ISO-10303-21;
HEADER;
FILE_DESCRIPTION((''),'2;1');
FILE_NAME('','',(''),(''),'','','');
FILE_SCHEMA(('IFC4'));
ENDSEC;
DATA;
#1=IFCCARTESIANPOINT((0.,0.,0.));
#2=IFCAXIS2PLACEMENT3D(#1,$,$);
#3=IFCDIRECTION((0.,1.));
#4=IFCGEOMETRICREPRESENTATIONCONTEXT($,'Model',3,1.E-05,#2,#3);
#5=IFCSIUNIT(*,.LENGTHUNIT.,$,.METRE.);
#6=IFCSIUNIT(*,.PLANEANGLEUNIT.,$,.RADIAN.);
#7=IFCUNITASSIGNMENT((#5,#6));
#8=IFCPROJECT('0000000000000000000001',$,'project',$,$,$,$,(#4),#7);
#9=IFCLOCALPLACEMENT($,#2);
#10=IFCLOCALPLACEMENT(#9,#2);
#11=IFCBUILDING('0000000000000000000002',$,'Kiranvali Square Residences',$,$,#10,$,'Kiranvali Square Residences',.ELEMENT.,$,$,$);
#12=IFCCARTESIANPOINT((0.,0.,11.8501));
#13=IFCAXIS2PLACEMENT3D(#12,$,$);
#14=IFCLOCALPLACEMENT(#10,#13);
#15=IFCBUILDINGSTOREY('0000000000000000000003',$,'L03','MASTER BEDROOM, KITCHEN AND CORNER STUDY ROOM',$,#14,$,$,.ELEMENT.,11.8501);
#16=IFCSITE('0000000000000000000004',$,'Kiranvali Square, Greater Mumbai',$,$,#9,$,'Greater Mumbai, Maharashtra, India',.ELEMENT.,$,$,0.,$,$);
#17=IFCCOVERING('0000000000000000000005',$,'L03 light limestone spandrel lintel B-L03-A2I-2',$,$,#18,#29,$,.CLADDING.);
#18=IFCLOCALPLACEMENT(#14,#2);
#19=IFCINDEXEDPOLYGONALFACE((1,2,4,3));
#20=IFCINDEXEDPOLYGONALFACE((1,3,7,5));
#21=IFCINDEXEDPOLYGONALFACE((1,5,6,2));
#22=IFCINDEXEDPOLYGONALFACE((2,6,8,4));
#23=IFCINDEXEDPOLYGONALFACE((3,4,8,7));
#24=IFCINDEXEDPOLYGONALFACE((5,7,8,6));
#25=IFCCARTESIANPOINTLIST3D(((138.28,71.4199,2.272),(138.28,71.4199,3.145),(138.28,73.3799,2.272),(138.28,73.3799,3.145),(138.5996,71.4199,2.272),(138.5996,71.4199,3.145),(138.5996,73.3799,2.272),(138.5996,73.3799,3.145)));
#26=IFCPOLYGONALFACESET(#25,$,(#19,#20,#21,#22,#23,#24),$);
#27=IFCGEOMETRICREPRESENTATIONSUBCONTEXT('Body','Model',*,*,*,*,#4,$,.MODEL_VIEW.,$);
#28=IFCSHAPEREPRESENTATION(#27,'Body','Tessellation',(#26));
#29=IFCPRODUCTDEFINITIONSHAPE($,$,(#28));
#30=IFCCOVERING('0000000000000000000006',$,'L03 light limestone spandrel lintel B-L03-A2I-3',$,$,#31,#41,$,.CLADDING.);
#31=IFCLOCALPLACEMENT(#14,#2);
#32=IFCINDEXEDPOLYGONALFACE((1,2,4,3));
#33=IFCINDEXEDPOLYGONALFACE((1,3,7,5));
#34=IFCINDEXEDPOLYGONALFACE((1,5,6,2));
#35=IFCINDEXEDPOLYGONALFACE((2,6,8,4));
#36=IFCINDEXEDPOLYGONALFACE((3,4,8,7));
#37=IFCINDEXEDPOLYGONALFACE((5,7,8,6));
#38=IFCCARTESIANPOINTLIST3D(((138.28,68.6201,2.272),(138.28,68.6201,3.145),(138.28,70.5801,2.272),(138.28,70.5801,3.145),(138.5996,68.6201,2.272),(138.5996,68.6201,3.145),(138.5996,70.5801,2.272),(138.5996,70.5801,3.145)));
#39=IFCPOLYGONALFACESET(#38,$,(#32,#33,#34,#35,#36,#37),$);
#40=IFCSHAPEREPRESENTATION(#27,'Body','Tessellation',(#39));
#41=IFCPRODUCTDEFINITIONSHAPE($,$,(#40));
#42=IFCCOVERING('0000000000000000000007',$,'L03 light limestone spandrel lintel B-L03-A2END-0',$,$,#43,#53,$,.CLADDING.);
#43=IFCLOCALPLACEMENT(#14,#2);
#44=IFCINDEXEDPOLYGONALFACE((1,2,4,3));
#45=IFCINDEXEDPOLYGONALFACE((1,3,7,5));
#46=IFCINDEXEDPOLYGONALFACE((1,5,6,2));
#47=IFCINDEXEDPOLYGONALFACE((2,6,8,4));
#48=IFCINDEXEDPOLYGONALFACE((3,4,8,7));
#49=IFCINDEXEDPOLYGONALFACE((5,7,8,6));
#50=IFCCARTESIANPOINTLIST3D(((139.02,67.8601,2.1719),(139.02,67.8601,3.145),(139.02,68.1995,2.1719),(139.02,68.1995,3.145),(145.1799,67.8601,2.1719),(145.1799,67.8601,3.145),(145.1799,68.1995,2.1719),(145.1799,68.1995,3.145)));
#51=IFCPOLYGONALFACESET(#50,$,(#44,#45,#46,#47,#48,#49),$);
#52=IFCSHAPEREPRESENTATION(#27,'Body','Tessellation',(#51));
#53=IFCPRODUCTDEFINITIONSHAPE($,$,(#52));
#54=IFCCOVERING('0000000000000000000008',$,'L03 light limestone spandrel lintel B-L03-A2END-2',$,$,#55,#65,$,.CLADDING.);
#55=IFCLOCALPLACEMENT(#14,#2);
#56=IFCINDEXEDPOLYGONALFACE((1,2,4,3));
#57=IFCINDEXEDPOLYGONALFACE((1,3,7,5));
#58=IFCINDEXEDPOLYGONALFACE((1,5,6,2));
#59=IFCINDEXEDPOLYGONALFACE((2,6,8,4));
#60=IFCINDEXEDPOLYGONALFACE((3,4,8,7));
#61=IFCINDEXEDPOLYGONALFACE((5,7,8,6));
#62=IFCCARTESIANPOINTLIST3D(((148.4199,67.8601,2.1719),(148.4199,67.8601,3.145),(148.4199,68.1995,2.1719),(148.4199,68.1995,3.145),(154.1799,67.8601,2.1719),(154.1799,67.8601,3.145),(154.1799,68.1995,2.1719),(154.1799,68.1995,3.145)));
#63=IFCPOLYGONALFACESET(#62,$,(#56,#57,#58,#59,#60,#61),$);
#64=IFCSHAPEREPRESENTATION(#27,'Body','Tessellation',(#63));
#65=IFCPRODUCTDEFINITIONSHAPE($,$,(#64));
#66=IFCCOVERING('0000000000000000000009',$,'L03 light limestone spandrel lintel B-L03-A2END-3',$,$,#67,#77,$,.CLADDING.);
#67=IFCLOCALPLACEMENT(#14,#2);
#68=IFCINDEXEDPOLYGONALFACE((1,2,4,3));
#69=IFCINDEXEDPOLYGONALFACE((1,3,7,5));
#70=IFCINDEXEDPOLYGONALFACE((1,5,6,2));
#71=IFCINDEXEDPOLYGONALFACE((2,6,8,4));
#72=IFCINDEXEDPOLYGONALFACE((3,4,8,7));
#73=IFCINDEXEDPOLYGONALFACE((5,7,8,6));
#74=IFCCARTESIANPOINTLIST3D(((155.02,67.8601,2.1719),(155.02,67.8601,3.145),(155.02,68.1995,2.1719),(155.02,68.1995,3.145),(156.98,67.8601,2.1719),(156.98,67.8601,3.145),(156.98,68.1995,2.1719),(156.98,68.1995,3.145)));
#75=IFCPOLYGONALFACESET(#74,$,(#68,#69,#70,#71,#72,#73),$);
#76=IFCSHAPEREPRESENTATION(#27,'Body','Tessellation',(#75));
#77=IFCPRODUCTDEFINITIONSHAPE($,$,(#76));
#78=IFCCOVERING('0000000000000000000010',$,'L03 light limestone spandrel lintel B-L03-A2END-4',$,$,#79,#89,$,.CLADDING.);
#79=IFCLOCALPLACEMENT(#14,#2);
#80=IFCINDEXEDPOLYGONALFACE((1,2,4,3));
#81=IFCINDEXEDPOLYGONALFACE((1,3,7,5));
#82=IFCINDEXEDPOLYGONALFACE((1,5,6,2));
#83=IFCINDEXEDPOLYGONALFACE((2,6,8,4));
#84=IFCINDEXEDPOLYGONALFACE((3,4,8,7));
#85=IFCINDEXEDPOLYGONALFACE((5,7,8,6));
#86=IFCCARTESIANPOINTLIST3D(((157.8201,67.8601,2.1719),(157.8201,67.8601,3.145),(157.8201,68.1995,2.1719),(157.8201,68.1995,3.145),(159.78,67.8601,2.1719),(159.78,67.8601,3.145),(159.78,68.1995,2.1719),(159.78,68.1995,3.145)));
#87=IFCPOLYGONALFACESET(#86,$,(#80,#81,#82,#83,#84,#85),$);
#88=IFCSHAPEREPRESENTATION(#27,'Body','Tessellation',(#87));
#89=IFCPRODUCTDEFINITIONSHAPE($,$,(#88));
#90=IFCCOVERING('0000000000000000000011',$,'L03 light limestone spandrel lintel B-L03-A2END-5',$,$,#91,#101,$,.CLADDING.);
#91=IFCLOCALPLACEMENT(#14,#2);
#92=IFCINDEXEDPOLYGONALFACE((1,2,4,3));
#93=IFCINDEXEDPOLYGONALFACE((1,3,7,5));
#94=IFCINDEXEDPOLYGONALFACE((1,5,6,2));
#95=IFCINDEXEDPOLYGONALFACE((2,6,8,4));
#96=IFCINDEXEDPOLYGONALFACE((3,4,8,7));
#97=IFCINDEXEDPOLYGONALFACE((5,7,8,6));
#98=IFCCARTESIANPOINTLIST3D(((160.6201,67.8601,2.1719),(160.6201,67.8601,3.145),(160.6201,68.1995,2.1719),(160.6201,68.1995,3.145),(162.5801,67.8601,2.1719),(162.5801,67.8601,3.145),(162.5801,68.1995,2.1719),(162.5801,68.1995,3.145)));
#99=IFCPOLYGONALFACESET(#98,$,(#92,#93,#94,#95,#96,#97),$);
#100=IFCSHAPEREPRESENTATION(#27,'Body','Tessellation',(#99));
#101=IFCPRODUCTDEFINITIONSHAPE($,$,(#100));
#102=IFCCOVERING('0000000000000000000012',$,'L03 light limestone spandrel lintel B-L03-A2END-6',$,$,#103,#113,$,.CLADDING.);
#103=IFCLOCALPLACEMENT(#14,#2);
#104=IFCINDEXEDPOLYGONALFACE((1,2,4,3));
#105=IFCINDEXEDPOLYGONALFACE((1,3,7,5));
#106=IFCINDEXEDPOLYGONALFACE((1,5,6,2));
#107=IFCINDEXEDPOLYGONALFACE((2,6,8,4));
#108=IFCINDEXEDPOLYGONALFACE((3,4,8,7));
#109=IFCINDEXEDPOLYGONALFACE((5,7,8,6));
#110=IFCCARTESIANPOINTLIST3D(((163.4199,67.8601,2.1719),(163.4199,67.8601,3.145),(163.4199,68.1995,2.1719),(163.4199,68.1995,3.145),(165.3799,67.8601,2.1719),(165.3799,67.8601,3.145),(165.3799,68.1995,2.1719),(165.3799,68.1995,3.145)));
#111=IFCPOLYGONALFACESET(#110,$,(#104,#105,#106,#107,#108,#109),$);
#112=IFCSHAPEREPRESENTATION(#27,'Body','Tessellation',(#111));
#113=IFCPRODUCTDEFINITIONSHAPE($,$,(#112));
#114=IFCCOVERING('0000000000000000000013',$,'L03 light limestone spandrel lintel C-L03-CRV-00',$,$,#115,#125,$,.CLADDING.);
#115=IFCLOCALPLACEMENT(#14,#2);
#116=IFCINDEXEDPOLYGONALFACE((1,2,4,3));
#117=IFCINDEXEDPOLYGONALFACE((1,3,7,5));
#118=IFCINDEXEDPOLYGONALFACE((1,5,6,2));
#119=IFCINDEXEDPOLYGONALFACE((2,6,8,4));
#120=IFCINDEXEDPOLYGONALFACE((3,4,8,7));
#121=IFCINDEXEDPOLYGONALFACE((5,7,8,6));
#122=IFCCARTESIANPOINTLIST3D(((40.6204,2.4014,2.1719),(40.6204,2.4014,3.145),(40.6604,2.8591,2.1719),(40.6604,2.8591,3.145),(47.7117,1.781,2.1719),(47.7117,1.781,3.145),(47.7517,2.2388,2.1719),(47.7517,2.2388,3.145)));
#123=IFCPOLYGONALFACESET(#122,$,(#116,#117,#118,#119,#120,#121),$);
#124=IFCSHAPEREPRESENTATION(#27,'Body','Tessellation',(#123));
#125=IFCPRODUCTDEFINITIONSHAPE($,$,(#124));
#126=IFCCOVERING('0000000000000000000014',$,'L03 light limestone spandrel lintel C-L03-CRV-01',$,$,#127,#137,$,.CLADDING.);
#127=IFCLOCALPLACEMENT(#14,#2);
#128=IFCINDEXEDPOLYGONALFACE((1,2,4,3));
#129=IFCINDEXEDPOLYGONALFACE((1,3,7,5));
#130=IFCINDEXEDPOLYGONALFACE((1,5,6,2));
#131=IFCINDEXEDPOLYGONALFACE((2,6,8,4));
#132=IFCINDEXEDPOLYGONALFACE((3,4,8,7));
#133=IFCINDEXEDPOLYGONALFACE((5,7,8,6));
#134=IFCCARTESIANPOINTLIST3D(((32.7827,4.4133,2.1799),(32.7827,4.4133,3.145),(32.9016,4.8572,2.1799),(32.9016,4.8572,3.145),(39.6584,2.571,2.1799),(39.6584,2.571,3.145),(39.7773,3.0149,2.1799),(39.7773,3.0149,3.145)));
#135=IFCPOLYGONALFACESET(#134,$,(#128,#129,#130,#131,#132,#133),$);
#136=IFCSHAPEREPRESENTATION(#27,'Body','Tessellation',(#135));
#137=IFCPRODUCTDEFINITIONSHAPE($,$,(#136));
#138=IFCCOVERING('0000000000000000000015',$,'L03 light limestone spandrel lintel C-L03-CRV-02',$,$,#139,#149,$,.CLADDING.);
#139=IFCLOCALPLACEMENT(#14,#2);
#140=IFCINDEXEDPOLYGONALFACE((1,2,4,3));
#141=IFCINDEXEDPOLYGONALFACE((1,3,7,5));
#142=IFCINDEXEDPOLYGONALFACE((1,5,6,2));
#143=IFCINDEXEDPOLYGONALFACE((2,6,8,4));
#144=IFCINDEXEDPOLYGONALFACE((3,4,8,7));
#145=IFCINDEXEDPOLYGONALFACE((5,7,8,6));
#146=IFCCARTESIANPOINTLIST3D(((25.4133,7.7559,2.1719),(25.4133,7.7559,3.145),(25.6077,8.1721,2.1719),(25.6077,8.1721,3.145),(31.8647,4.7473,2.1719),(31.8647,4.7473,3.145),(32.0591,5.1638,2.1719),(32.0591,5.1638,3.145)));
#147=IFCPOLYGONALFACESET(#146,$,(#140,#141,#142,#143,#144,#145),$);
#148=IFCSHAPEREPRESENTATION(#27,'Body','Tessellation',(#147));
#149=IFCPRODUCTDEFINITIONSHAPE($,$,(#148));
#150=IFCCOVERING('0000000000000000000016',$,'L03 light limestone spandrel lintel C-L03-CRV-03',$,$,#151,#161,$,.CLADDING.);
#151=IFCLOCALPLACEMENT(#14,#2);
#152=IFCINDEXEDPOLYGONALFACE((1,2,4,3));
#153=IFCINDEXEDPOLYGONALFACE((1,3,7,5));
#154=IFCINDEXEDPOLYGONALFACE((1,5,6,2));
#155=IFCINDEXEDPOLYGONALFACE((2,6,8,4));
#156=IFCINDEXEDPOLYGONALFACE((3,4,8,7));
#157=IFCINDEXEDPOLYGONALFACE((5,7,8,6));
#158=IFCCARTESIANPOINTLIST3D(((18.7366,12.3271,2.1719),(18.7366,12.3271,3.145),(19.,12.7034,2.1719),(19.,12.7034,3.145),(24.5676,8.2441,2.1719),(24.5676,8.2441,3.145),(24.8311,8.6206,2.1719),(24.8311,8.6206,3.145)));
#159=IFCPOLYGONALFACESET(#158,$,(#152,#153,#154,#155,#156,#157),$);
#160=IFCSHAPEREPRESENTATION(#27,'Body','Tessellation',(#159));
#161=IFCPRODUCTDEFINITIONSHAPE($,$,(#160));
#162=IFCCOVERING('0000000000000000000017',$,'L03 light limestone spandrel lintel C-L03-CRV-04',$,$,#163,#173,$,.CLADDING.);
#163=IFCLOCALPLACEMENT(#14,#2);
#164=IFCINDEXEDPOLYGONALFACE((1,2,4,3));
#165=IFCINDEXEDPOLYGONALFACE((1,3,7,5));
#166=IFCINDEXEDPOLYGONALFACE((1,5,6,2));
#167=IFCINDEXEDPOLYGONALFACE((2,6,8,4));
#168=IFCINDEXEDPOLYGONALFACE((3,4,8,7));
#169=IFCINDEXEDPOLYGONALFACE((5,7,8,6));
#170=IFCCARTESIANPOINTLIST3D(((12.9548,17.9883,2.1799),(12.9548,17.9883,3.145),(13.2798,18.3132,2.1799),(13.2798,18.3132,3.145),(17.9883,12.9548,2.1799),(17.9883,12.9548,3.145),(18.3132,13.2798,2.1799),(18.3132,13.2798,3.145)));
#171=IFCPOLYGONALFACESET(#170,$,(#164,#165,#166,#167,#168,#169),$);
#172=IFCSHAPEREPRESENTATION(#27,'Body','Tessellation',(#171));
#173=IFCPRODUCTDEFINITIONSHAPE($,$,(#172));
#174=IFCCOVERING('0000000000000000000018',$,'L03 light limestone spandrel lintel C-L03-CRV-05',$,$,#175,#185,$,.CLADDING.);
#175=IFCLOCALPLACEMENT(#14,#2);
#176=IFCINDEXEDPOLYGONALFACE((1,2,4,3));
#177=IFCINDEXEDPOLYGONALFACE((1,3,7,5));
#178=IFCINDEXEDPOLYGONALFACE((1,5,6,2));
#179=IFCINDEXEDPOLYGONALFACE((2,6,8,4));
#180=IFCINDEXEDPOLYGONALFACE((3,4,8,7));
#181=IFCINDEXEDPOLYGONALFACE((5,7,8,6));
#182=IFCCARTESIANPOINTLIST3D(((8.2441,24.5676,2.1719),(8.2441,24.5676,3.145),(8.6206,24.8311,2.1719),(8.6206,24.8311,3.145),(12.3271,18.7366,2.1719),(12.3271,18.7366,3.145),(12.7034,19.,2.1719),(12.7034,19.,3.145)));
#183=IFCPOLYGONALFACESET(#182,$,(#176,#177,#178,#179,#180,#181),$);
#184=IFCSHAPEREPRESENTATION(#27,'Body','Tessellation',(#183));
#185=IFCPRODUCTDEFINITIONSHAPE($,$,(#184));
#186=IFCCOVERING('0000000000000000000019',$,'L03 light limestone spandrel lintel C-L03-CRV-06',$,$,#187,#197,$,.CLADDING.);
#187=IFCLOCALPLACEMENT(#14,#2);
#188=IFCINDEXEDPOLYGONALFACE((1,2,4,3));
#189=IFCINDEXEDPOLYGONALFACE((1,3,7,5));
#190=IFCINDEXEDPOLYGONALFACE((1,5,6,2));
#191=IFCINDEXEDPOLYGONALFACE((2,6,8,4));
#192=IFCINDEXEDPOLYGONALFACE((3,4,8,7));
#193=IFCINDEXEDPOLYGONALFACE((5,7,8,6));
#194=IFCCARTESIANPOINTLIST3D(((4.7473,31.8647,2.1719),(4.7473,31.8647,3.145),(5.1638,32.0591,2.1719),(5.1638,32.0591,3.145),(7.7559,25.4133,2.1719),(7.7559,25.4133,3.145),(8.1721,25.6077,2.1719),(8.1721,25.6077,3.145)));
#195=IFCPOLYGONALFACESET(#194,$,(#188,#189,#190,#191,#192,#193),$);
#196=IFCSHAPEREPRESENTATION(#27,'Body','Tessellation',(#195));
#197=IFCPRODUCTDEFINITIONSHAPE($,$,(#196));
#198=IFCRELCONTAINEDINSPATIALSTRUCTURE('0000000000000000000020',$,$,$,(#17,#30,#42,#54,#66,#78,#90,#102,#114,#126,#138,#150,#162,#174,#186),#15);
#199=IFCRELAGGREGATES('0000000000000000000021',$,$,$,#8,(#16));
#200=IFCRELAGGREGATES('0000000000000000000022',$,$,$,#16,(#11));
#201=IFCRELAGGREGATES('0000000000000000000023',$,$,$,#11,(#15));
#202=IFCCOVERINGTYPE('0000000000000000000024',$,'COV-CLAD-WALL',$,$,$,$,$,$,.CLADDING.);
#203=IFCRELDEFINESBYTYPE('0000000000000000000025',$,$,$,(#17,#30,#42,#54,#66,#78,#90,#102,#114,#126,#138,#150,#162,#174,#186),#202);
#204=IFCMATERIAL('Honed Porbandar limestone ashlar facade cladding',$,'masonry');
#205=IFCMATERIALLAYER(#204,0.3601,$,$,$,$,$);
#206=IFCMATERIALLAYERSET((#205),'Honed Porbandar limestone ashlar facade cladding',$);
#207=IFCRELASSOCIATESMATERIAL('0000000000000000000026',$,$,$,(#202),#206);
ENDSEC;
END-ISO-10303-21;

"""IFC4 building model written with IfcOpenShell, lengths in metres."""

from ifc_helpers import new_model, si_unit, direction, frame, origin, place, context, subcontext, project, spatial, polyline, outline, extrude, material, layer, layer_set, type_object, element, save


model = new_model("IFC4")

# Units and contexts
model_context = context("Model", 3, precision=1e-05, world=origin(), true_north=direction((0.0, 1.0)))
body_context = subcontext(model_context, "Body", "Model", "MODEL_VIEW")
ifc_project = project(units=[si_unit("LENGTHUNIT", "METRE"), si_unit("PLANEANGLEUNIT", "RADIAN")], contexts=[model_context])

# Site, building, storey
site_placement = place(None, origin())
site = spatial("IfcSite", under=ifc_project, at=site_placement, Name="Kiranvali Square, Greater Mumbai", LongName="Greater Mumbai, Maharashtra, India", CompositionType="ELEMENT", RefElevation=0.0)
building_placement = place(site_placement, origin())
building = spatial("IfcBuilding", under=site, at=building_placement, Name="Kiranvali Square Residences", LongName="Kiranvali Square Residences", CompositionType="ELEMENT")
storey_placement = place(building_placement, frame((0.0, 0.0, 11.8501)))
storey = spatial("IfcBuildingStorey", under=building, at=storey_placement, Name="L03", Description="MASTER BEDROOM, KITCHEN AND CORNER STUDY ROOM", CompositionType="ELEMENT", Elevation=11.8501)

# Coverings
ifc_material = material(Name="Honed Porbandar limestone ashlar facade cladding", Category="masonry")
ifc_layer = layer(ifc_material, 0.3601)
ifc_layer_set = layer_set([ifc_layer], Name="Honed Porbandar limestone ashlar facade cladding")
covering_type = type_object("IfcCoveringType", Name="COV-CLAD-WALL", PredefinedType="CLADDING", material=ifc_layer_set)
covering_1_placement = place(storey_placement, frame((0.0, 0.0, 2.272)))
element("IfcCovering", 1, at=covering_1_placement, inside=storey, type_object=covering_type, Name="L03 light limestone spandrel lintel B-L03-A2I-2", PredefinedType="CLADDING", context=body_context, shape_type="SweptSolid", body=[
    extrude(outline(polyline([(138.28, 73.3799), (138.28, 71.4199), (138.5996, 71.4199), (138.5996, 73.3799), (138.28, 73.3799)])), origin(), (0.0, 0.0, 1.0), 0.873),
])
covering_2_placement = place(storey_placement, frame((0.0, 0.0, 2.272)))
element("IfcCovering", 2, at=covering_2_placement, inside=storey, type_object=covering_type, Name="L03 light limestone spandrel lintel B-L03-A2I-3", PredefinedType="CLADDING", context=body_context, shape_type="SweptSolid", body=[
    extrude(outline(polyline([(138.28, 70.5801), (138.28, 68.6201), (138.5996, 68.6201), (138.5996, 70.5801), (138.28, 70.5801)])), origin(), (0.0, 0.0, 1.0), 0.873),
])
covering_3_placement = place(storey_placement, frame((0.0, 0.0, 2.1719)))
element("IfcCovering", 3, at=covering_3_placement, inside=storey, type_object=covering_type, Name="L03 light limestone spandrel lintel B-L03-A2END-0", PredefinedType="CLADDING", context=body_context, shape_type="SweptSolid", body=[
    extrude(outline(polyline([(139.02, 67.8601), (145.1799, 67.8601), (145.1799, 68.1995), (139.02, 68.1995), (139.02, 67.8601)])), origin(), (0.0, 0.0, 1.0), 0.9731),
])
covering_4_placement = place(storey_placement, frame((0.0, 0.0, 2.1719)))
element("IfcCovering", 4, at=covering_4_placement, inside=storey, type_object=covering_type, Name="L03 light limestone spandrel lintel B-L03-A2END-2", PredefinedType="CLADDING", context=body_context, shape_type="SweptSolid", body=[
    extrude(outline(polyline([(148.4199, 67.8601), (154.1799, 67.8601), (154.1799, 68.1995), (148.4199, 68.1995), (148.4199, 67.8601)])), origin(), (0.0, 0.0, 1.0), 0.9731),
])
covering_5_placement = place(storey_placement, frame((0.0, 0.0, 2.1719)))
element("IfcCovering", 5, at=covering_5_placement, inside=storey, type_object=covering_type, Name="L03 light limestone spandrel lintel B-L03-A2END-3", PredefinedType="CLADDING", context=body_context, shape_type="SweptSolid", body=[
    extrude(outline(polyline([(155.02, 67.8601), (156.98, 67.8601), (156.98, 68.1995), (155.02, 68.1995), (155.02, 67.8601)])), origin(), (0.0, 0.0, 1.0), 0.9731),
])
covering_6_placement = place(storey_placement, frame((0.0, 0.0, 2.1719)))
element("IfcCovering", 6, at=covering_6_placement, inside=storey, type_object=covering_type, Name="L03 light limestone spandrel lintel B-L03-A2END-4", PredefinedType="CLADDING", context=body_context, shape_type="SweptSolid", body=[
    extrude(outline(polyline([(157.8201, 67.8601), (159.78, 67.8601), (159.78, 68.1995), (157.8201, 68.1995), (157.8201, 67.8601)])), origin(), (0.0, 0.0, 1.0), 0.9731),
])
covering_7_placement = place(storey_placement, frame((0.0, 0.0, 2.1719)))
element("IfcCovering", 7, at=covering_7_placement, inside=storey, type_object=covering_type, Name="L03 light limestone spandrel lintel B-L03-A2END-5", PredefinedType="CLADDING", context=body_context, shape_type="SweptSolid", body=[
    extrude(outline(polyline([(160.6201, 67.8601), (162.5801, 67.8601), (162.5801, 68.1995), (160.6201, 68.1995), (160.6201, 67.8601)])), origin(), (0.0, 0.0, 1.0), 0.9731),
])
covering_8_placement = place(storey_placement, frame((0.0, 0.0, 2.1719)))
element("IfcCovering", 8, at=covering_8_placement, inside=storey, type_object=covering_type, Name="L03 light limestone spandrel lintel B-L03-A2END-6", PredefinedType="CLADDING", context=body_context, shape_type="SweptSolid", body=[
    extrude(outline(polyline([(163.4199, 67.8601), (165.3799, 67.8601), (165.3799, 68.1995), (163.4199, 68.1995), (163.4199, 67.8601)])), origin(), (0.0, 0.0, 1.0), 0.9731),
])
covering_9_placement = place(storey_placement, frame((0.0, 0.0, 2.1719)))
element("IfcCovering", 9, at=covering_9_placement, inside=storey, type_object=covering_type, Name="L03 light limestone spandrel lintel C-L03-CRV-00", PredefinedType="CLADDING", context=body_context, shape_type="SweptSolid", body=[
    extrude(outline(polyline([(47.7517, 2.2388), (40.6604, 2.8591), (40.6204, 2.4014), (47.7117, 1.781), (47.7517, 2.2388)])), origin(), (0.0, 0.0, 1.0), 0.9731),
])
covering_10_placement = place(storey_placement, frame((0.0, 0.0, 2.1799)))
element("IfcCovering", 10, at=covering_10_placement, inside=storey, type_object=covering_type, Name="L03 light limestone spandrel lintel C-L03-CRV-01", PredefinedType="CLADDING", context=body_context, shape_type="SweptSolid", body=[
    extrude(outline(polyline([(39.7773, 3.0149), (32.9016, 4.8572), (32.7827, 4.4133), (39.6584, 2.571), (39.7773, 3.0149)])), origin(), (0.0, 0.0, 1.0), 0.9651),
])
covering_11_placement = place(storey_placement, frame((0.0, 0.0, 2.1719)))
element("IfcCovering", 11, at=covering_11_placement, inside=storey, type_object=covering_type, Name="L03 light limestone spandrel lintel C-L03-CRV-02", PredefinedType="CLADDING", context=body_context, shape_type="SweptSolid", body=[
    extrude(outline(polyline([(32.0591, 5.1638), (25.6077, 8.1721), (25.4133, 7.7559), (31.8647, 4.7473), (32.0591, 5.1638)])), origin(), (0.0, 0.0, 1.0), 0.9731),
])
covering_12_placement = place(storey_placement, frame((0.0, 0.0, 2.1719)))
element("IfcCovering", 12, at=covering_12_placement, inside=storey, type_object=covering_type, Name="L03 light limestone spandrel lintel C-L03-CRV-03", PredefinedType="CLADDING", context=body_context, shape_type="SweptSolid", body=[
    extrude(outline(polyline([(24.8311, 8.6206), (19.0, 12.7034), (18.7366, 12.3271), (24.5676, 8.2441), (24.8311, 8.6206)])), origin(), (0.0, 0.0, 1.0), 0.9731),
])
covering_13_placement = place(storey_placement, frame((0.0, 0.0, 2.1799)))
element("IfcCovering", 13, at=covering_13_placement, inside=storey, type_object=covering_type, Name="L03 light limestone spandrel lintel C-L03-CRV-04", PredefinedType="CLADDING", context=body_context, shape_type="SweptSolid", body=[
    extrude(outline(polyline([(18.3132, 13.2798), (13.2798, 18.3132), (12.9548, 17.9883), (17.9883, 12.9548), (18.3132, 13.2798)])), origin(), (0.0, 0.0, 1.0), 0.9651),
])
covering_14_placement = place(storey_placement, frame((0.0, 0.0, 2.1719)))
element("IfcCovering", 14, at=covering_14_placement, inside=storey, type_object=covering_type, Name="L03 light limestone spandrel lintel C-L03-CRV-05", PredefinedType="CLADDING", context=body_context, shape_type="SweptSolid", body=[
    extrude(outline(polyline([(12.7034, 19.0), (8.6206, 24.8311), (8.2441, 24.5676), (12.3271, 18.7366), (12.7034, 19.0)])), origin(), (0.0, 0.0, 1.0), 0.9731),
])
covering_15_placement = place(storey_placement, frame((0.0, 0.0, 2.1719)))
element("IfcCovering", 15, at=covering_15_placement, inside=storey, type_object=covering_type, Name="L03 light limestone spandrel lintel C-L03-CRV-06", PredefinedType="CLADDING", context=body_context, shape_type="SweptSolid", body=[
    extrude(outline(polyline([(8.1721, 25.6077), (5.1638, 32.0591), (4.7473, 31.8647), (7.7559, 25.4133), (8.1721, 25.6077)])), origin(), (0.0, 0.0, 1.0), 0.9731),
])

save(model, "model.ifc")
